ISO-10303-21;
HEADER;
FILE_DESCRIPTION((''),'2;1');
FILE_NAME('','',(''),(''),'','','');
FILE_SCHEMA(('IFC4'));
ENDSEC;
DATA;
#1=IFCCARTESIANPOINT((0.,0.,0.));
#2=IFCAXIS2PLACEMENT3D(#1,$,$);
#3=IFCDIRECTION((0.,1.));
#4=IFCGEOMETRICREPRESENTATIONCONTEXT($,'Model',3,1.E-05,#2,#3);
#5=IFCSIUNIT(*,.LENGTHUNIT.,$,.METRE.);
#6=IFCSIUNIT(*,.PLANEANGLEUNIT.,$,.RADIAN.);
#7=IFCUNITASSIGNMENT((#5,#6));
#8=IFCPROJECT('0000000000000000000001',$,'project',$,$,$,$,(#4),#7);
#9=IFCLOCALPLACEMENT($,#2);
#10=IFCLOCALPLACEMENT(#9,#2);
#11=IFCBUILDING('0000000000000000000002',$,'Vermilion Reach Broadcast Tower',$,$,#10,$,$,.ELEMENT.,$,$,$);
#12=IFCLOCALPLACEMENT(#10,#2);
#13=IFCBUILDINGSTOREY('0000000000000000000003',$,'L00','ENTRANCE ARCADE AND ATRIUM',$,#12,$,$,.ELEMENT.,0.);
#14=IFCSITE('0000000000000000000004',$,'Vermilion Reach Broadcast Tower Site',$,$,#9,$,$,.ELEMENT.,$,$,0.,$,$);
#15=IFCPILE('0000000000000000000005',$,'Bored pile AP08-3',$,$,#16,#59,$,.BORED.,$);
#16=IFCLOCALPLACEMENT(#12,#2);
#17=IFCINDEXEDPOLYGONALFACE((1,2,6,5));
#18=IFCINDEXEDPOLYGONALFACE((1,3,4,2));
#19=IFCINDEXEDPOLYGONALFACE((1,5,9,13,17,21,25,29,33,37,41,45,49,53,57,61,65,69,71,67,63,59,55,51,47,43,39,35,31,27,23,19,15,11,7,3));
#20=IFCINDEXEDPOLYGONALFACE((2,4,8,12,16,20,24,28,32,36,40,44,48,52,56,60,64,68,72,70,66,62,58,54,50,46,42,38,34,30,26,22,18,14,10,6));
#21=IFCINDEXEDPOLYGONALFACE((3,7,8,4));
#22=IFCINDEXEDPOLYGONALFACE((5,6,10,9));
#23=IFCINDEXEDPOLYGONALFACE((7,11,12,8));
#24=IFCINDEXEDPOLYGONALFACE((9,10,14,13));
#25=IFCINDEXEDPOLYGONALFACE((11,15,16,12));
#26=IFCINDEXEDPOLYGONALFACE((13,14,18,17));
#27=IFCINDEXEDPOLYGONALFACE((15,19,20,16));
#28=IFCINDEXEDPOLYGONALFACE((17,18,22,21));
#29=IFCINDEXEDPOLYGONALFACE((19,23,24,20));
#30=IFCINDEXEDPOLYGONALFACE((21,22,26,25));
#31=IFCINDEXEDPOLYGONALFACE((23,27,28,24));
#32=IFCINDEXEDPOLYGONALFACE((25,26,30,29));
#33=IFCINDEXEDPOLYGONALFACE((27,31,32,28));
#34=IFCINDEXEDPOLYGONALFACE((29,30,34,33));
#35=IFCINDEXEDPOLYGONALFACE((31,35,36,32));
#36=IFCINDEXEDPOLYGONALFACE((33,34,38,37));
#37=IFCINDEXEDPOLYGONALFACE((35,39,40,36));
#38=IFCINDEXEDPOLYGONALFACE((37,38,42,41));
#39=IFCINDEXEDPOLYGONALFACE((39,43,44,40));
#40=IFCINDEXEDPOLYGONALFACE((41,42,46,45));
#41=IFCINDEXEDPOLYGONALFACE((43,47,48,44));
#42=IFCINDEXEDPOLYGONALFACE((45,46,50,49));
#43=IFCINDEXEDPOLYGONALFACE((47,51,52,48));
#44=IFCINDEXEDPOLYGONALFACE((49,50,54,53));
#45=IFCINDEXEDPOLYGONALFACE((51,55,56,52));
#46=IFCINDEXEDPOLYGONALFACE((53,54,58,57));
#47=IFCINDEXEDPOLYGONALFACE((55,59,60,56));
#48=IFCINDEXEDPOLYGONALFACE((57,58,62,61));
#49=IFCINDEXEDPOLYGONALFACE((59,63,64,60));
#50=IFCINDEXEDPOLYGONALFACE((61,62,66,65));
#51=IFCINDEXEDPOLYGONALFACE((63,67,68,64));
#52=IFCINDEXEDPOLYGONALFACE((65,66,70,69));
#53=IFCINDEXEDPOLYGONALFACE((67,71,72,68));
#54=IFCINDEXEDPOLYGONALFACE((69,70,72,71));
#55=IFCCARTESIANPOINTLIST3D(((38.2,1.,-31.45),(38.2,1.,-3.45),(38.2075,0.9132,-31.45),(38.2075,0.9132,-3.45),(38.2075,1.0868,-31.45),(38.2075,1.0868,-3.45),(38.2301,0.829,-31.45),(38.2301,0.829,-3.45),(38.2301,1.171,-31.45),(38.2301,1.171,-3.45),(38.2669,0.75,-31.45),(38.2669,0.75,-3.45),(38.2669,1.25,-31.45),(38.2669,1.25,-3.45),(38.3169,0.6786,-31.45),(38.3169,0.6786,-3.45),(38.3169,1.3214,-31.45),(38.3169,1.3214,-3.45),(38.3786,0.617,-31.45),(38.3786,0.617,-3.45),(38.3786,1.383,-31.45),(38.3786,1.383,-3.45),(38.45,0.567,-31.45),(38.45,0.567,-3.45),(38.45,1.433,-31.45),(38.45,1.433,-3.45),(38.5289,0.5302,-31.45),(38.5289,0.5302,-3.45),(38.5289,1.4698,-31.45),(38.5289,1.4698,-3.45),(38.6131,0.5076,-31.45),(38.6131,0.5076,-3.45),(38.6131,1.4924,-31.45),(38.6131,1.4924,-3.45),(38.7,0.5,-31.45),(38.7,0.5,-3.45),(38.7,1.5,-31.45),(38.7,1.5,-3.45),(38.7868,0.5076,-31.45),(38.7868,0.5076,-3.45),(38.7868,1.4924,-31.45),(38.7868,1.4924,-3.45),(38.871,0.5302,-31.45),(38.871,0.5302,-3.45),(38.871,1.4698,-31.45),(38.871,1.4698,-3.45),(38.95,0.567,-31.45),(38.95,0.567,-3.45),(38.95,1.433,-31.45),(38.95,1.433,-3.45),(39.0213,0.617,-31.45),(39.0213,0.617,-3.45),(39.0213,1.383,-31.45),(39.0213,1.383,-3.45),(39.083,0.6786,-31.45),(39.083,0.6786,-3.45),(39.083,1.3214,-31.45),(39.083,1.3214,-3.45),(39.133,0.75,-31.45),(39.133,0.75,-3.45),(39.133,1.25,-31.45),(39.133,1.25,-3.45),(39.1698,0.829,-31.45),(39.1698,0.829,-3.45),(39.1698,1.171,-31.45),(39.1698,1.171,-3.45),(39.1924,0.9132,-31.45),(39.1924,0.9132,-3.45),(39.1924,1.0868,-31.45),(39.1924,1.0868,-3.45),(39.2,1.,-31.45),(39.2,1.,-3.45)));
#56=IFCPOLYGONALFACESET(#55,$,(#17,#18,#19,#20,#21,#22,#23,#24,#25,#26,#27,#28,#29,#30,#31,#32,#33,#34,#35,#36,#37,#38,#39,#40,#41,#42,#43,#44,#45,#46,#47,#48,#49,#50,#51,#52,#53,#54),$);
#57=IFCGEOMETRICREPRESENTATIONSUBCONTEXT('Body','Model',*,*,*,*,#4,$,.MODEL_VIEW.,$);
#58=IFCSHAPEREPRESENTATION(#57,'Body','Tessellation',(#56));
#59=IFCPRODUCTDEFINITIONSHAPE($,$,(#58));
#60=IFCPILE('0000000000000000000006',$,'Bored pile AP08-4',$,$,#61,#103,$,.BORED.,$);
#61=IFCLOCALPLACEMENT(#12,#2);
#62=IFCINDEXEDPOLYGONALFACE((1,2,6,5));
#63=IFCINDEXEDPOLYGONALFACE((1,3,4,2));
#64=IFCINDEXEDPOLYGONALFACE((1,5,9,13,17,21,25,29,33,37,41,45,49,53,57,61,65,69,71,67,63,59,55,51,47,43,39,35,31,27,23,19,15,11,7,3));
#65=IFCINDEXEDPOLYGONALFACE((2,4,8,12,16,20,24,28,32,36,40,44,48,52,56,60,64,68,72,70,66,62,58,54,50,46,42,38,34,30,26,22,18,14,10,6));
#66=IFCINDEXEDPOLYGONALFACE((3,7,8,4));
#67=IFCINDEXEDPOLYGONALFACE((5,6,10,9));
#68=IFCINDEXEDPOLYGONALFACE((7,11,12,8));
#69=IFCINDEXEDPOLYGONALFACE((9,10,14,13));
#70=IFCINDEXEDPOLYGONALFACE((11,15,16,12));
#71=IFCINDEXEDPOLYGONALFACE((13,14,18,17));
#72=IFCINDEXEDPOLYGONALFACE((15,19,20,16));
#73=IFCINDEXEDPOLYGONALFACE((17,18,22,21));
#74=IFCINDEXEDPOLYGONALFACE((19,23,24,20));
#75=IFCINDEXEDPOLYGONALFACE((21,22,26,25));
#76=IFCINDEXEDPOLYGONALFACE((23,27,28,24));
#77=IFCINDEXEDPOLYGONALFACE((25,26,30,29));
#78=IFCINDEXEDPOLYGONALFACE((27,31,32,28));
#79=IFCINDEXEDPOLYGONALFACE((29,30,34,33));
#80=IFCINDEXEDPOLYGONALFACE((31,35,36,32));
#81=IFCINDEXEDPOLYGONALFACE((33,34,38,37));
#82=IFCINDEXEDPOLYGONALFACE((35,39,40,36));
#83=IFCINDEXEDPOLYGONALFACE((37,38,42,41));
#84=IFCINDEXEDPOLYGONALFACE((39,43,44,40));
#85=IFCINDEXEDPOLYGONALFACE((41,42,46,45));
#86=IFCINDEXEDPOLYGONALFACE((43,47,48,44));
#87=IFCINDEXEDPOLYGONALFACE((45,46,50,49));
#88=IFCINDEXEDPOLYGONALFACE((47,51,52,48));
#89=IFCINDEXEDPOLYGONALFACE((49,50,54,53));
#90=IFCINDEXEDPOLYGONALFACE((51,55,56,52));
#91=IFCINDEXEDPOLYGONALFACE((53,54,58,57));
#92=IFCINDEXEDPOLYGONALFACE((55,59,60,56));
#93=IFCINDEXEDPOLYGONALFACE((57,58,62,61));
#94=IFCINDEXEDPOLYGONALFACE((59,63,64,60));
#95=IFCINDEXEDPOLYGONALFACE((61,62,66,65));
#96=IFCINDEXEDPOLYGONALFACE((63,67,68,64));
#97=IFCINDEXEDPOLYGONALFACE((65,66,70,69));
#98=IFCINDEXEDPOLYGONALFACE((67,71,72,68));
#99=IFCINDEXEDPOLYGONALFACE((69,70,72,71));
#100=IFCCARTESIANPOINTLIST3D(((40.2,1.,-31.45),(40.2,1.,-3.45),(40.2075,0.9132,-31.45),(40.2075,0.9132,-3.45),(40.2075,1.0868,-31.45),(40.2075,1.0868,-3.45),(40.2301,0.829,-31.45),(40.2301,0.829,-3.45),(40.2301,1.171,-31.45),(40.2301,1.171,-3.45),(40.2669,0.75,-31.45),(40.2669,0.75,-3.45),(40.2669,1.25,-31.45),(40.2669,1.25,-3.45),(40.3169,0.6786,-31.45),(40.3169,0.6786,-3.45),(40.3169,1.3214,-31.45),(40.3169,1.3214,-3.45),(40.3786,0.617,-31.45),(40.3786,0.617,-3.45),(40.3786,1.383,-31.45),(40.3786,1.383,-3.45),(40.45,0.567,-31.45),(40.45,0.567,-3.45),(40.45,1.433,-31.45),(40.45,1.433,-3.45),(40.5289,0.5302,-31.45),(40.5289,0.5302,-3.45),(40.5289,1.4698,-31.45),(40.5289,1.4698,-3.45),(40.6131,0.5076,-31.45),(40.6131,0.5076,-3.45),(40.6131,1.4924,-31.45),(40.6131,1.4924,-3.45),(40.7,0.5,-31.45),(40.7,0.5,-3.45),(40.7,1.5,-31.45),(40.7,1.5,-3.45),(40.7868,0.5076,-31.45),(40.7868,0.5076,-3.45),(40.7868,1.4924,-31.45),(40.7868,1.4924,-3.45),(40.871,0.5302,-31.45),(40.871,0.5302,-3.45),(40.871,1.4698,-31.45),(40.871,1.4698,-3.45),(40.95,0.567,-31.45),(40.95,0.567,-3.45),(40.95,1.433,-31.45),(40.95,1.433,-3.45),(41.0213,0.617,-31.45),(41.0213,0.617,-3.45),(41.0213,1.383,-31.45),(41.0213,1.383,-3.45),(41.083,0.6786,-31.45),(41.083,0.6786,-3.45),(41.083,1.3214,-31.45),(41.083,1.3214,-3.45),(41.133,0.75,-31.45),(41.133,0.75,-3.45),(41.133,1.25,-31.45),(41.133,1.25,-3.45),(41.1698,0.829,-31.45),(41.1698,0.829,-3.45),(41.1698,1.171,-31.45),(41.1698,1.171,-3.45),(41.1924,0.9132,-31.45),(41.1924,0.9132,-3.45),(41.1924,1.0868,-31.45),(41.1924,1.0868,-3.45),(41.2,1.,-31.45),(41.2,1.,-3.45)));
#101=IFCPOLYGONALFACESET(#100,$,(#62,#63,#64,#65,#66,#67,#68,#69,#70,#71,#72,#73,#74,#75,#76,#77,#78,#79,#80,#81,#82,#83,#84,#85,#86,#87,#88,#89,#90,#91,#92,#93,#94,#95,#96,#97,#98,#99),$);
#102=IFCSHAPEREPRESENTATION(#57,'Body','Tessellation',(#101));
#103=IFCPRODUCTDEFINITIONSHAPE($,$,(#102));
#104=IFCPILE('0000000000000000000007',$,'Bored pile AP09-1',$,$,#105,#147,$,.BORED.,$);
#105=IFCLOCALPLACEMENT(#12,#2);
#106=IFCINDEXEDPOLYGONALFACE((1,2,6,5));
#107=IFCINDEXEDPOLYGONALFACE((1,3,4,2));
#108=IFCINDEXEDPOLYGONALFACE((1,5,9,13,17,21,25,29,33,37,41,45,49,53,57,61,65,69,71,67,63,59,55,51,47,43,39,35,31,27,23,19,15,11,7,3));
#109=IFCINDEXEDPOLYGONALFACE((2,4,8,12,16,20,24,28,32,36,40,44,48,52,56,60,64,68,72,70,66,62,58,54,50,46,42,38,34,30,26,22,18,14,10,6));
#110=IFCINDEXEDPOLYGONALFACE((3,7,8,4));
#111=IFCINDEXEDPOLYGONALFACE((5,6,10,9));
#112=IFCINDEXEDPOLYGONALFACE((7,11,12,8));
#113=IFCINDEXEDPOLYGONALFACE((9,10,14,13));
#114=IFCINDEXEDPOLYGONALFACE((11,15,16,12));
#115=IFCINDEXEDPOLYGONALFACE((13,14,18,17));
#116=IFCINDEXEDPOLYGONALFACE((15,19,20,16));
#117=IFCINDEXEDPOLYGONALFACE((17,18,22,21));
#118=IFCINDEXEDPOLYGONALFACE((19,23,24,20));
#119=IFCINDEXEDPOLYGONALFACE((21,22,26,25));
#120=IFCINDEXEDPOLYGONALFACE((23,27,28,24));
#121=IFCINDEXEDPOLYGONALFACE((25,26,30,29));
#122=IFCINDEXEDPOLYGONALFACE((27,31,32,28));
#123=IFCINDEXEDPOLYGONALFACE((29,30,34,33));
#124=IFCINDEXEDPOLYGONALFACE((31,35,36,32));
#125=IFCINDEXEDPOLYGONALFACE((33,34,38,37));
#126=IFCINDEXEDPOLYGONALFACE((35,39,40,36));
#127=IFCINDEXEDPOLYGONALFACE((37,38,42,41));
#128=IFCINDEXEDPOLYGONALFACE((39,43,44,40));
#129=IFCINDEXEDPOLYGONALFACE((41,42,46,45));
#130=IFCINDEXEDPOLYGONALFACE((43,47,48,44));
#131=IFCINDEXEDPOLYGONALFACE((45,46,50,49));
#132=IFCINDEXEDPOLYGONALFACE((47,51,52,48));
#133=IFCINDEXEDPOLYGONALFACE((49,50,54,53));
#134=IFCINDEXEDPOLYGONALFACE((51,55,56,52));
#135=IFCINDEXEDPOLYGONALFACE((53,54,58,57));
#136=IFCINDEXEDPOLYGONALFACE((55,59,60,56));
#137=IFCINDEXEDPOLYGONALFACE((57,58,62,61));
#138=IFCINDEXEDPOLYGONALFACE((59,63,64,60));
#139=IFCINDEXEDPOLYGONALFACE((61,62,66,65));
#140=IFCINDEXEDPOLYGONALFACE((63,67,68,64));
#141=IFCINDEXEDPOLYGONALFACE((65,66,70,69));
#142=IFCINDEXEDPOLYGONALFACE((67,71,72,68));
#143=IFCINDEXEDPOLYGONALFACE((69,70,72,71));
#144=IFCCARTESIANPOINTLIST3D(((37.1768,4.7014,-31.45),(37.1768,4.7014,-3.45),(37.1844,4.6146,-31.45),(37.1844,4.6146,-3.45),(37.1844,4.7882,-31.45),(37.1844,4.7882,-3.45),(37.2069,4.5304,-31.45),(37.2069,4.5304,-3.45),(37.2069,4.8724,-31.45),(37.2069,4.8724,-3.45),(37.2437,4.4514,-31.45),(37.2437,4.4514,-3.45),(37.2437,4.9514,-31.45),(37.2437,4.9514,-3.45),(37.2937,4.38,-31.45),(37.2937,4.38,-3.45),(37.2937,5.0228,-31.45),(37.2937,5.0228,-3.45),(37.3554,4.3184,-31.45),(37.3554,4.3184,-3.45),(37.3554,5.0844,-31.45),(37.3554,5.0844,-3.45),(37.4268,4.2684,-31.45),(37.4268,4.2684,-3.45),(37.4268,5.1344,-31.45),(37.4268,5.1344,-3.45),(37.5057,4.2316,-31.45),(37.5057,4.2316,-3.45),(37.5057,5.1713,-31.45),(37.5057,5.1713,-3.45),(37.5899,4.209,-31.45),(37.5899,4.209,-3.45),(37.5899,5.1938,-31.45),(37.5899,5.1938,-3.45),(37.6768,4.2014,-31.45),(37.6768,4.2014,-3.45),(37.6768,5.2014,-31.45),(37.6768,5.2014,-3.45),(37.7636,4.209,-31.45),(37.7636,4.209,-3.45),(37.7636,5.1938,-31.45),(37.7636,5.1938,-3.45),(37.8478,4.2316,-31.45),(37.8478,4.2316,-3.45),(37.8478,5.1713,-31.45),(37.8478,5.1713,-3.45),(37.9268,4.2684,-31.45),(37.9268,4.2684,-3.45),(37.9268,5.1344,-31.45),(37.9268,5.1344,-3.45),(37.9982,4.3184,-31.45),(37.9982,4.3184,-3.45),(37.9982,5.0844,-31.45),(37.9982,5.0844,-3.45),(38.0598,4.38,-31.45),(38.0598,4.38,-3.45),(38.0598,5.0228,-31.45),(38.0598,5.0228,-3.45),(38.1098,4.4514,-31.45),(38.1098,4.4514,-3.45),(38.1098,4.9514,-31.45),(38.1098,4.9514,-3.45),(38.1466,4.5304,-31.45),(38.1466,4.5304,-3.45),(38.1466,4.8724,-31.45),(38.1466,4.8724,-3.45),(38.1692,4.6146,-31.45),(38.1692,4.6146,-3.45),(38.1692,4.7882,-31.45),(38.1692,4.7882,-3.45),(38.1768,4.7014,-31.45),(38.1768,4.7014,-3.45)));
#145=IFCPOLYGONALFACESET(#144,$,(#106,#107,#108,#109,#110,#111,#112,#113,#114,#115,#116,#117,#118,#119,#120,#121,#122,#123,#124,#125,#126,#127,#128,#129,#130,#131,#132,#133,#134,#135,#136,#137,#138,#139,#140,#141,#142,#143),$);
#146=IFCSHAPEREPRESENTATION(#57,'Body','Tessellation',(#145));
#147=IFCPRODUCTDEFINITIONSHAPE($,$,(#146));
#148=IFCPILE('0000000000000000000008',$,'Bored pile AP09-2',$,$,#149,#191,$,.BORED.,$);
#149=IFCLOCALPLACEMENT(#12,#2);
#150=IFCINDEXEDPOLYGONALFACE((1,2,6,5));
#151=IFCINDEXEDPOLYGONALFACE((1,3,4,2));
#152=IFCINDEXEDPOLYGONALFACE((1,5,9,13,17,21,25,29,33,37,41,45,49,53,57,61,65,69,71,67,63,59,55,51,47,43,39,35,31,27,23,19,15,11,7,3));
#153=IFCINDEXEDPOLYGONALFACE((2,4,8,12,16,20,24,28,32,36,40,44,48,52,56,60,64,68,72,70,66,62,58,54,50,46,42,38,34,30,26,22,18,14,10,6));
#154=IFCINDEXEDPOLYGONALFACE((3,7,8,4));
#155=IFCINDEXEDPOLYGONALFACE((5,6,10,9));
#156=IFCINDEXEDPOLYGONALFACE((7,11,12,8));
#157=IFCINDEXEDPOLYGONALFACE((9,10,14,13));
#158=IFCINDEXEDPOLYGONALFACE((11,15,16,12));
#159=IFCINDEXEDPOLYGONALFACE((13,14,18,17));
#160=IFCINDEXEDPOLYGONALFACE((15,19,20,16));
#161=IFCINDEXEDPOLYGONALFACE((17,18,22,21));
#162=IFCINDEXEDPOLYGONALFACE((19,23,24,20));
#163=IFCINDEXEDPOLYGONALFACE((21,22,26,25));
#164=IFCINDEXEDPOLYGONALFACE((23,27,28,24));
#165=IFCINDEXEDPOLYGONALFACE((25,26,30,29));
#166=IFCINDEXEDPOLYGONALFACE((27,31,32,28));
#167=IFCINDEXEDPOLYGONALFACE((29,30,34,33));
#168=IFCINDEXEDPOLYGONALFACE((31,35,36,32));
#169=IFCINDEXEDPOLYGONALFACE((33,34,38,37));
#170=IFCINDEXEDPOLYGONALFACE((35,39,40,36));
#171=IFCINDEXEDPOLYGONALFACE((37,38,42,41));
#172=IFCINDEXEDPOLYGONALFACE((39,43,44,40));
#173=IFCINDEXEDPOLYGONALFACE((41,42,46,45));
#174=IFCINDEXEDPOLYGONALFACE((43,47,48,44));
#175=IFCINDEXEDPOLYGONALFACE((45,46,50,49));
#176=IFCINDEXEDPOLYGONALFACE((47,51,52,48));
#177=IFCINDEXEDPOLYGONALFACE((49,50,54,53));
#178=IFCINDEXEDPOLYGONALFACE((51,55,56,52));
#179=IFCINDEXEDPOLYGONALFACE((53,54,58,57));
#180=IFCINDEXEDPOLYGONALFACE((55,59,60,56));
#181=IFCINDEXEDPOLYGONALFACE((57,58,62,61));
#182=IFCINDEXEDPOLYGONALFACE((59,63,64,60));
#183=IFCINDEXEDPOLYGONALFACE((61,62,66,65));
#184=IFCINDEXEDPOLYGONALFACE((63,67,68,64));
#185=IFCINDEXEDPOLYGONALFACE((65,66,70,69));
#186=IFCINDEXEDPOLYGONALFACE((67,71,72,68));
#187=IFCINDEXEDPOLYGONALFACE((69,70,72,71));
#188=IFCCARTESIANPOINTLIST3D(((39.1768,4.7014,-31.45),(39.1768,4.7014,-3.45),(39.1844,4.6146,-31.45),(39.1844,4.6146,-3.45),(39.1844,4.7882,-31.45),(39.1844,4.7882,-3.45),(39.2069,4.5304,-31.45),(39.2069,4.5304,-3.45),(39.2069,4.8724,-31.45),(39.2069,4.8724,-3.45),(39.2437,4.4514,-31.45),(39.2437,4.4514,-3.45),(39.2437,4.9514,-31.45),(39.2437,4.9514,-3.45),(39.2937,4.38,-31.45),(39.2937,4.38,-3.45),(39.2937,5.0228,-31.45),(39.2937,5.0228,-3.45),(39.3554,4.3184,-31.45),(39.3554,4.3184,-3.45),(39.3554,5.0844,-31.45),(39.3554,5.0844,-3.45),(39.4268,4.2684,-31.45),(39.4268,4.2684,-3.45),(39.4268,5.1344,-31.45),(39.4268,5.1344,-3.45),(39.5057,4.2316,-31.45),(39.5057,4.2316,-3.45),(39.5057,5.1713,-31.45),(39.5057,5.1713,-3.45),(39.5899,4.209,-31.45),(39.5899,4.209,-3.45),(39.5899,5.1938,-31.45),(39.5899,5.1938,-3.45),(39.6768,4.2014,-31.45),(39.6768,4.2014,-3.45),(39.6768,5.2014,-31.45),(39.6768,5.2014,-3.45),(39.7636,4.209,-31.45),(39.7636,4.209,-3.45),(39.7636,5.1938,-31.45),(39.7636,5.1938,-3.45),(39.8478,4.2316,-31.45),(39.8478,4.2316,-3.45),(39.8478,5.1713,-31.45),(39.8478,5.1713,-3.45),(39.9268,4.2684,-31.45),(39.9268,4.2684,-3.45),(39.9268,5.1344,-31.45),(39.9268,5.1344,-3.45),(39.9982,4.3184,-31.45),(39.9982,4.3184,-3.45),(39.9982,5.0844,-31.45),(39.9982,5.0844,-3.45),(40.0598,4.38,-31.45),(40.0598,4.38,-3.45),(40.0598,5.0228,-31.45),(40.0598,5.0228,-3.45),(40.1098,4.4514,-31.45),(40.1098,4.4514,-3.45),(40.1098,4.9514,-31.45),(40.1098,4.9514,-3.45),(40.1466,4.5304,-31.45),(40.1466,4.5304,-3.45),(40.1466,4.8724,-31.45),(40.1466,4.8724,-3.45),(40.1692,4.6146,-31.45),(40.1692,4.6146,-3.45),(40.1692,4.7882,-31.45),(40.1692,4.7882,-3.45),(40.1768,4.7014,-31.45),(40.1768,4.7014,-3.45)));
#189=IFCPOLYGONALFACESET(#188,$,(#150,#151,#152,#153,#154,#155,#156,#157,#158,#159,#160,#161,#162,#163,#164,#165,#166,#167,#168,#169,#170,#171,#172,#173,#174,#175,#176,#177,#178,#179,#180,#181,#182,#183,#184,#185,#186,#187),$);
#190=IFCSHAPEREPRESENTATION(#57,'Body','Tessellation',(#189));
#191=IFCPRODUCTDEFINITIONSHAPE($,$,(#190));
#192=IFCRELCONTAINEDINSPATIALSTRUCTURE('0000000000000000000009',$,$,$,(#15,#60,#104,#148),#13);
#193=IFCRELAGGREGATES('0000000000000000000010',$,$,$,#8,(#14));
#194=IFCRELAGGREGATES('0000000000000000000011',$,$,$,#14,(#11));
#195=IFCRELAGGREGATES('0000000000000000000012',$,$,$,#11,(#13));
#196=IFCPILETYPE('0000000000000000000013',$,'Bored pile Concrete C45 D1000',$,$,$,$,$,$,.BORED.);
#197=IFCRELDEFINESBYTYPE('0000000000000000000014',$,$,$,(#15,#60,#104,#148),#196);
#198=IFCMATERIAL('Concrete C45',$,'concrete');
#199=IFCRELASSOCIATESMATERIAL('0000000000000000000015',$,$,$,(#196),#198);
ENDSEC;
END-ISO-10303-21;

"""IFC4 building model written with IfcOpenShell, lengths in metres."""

from ifc_helpers import new_model, si_unit, direction, frame, origin, origin_2d, place, context, subcontext, project, spatial, circle, extrude, material, material_profile, profile_set, type_object, element, save


model = new_model("IFC4")

# Units and contexts
model_context = context("Model", 3, precision=1e-05, world=origin(), true_north=direction((0.0, 1.0)))
body_context = subcontext(model_context, "Body", "Model", "MODEL_VIEW")
ifc_project = project(units=[si_unit("LENGTHUNIT", "METRE"), si_unit("PLANEANGLEUNIT", "RADIAN")], contexts=[model_context])

# Site, building, storey
site_placement = place(None, origin())
site = spatial("IfcSite", under=ifc_project, at=site_placement, Name="Vermilion Reach Broadcast Tower Site", CompositionType="ELEMENT", RefElevation=0.0)
building_placement = place(site_placement, origin())
building = spatial("IfcBuilding", under=site, at=building_placement, Name="Vermilion Reach Broadcast Tower", CompositionType="ELEMENT")
storey_placement = place(building_placement, origin())
storey = spatial("IfcBuildingStorey", under=building, at=storey_placement, Name="L00", Description="ENTRANCE ARCADE AND ATRIUM", CompositionType="ELEMENT", Elevation=0.0)

# Piles
ifc_material_1 = material(Name="Concrete C45", Category="concrete")
ifc_material_profile_1 = material_profile(ifc_material_1, circle(Radius=0.5, at=origin_2d()), Name="Concrete C45 D1000")
ifc_profile_set_1 = profile_set([ifc_material_profile_1], Name="Concrete C45")
pile_type = type_object("IfcPileType", Name="Bored pile Concrete C45 D1000", PredefinedType="BORED", material=ifc_profile_set_1)
for number, where, z_axis, x_axis, name in (
    (1, (38.7, 1.0, -3.45), (0.0, 0.0, -1.0), (1.0, 0.0, 0.0), "Bored pile AP08-3"),
    (2, (40.7, 1.0, -3.45), (0.0, 0.0, -1.0), (1.0, 0.0, 0.0), "Bored pile AP08-4"),
    (3, (37.6768, 4.7014, -3.45), (0.0, 0.0, -1.0), (1.0, 0.0, 0.0), "Bored pile AP09-1"),
    (4, (39.6768, 4.7014, -3.45), (0.0, 0.0, -1.0), (1.0, 0.0, 0.0), "Bored pile AP09-2"),
):
    element("IfcPile", number, at=place(storey_placement, frame(where, z_axis=z_axis, x_axis=x_axis)), inside=storey, type_object=pile_type, Name=name, PredefinedType="BORED", context=body_context, shape_type="SweptSolid", body=[
        extrude(circle(Radius=0.5, at=origin_2d()), origin(), (0.0, 0.0, 1.0), 28.0),
    ])

save(model, "model.ifc")
